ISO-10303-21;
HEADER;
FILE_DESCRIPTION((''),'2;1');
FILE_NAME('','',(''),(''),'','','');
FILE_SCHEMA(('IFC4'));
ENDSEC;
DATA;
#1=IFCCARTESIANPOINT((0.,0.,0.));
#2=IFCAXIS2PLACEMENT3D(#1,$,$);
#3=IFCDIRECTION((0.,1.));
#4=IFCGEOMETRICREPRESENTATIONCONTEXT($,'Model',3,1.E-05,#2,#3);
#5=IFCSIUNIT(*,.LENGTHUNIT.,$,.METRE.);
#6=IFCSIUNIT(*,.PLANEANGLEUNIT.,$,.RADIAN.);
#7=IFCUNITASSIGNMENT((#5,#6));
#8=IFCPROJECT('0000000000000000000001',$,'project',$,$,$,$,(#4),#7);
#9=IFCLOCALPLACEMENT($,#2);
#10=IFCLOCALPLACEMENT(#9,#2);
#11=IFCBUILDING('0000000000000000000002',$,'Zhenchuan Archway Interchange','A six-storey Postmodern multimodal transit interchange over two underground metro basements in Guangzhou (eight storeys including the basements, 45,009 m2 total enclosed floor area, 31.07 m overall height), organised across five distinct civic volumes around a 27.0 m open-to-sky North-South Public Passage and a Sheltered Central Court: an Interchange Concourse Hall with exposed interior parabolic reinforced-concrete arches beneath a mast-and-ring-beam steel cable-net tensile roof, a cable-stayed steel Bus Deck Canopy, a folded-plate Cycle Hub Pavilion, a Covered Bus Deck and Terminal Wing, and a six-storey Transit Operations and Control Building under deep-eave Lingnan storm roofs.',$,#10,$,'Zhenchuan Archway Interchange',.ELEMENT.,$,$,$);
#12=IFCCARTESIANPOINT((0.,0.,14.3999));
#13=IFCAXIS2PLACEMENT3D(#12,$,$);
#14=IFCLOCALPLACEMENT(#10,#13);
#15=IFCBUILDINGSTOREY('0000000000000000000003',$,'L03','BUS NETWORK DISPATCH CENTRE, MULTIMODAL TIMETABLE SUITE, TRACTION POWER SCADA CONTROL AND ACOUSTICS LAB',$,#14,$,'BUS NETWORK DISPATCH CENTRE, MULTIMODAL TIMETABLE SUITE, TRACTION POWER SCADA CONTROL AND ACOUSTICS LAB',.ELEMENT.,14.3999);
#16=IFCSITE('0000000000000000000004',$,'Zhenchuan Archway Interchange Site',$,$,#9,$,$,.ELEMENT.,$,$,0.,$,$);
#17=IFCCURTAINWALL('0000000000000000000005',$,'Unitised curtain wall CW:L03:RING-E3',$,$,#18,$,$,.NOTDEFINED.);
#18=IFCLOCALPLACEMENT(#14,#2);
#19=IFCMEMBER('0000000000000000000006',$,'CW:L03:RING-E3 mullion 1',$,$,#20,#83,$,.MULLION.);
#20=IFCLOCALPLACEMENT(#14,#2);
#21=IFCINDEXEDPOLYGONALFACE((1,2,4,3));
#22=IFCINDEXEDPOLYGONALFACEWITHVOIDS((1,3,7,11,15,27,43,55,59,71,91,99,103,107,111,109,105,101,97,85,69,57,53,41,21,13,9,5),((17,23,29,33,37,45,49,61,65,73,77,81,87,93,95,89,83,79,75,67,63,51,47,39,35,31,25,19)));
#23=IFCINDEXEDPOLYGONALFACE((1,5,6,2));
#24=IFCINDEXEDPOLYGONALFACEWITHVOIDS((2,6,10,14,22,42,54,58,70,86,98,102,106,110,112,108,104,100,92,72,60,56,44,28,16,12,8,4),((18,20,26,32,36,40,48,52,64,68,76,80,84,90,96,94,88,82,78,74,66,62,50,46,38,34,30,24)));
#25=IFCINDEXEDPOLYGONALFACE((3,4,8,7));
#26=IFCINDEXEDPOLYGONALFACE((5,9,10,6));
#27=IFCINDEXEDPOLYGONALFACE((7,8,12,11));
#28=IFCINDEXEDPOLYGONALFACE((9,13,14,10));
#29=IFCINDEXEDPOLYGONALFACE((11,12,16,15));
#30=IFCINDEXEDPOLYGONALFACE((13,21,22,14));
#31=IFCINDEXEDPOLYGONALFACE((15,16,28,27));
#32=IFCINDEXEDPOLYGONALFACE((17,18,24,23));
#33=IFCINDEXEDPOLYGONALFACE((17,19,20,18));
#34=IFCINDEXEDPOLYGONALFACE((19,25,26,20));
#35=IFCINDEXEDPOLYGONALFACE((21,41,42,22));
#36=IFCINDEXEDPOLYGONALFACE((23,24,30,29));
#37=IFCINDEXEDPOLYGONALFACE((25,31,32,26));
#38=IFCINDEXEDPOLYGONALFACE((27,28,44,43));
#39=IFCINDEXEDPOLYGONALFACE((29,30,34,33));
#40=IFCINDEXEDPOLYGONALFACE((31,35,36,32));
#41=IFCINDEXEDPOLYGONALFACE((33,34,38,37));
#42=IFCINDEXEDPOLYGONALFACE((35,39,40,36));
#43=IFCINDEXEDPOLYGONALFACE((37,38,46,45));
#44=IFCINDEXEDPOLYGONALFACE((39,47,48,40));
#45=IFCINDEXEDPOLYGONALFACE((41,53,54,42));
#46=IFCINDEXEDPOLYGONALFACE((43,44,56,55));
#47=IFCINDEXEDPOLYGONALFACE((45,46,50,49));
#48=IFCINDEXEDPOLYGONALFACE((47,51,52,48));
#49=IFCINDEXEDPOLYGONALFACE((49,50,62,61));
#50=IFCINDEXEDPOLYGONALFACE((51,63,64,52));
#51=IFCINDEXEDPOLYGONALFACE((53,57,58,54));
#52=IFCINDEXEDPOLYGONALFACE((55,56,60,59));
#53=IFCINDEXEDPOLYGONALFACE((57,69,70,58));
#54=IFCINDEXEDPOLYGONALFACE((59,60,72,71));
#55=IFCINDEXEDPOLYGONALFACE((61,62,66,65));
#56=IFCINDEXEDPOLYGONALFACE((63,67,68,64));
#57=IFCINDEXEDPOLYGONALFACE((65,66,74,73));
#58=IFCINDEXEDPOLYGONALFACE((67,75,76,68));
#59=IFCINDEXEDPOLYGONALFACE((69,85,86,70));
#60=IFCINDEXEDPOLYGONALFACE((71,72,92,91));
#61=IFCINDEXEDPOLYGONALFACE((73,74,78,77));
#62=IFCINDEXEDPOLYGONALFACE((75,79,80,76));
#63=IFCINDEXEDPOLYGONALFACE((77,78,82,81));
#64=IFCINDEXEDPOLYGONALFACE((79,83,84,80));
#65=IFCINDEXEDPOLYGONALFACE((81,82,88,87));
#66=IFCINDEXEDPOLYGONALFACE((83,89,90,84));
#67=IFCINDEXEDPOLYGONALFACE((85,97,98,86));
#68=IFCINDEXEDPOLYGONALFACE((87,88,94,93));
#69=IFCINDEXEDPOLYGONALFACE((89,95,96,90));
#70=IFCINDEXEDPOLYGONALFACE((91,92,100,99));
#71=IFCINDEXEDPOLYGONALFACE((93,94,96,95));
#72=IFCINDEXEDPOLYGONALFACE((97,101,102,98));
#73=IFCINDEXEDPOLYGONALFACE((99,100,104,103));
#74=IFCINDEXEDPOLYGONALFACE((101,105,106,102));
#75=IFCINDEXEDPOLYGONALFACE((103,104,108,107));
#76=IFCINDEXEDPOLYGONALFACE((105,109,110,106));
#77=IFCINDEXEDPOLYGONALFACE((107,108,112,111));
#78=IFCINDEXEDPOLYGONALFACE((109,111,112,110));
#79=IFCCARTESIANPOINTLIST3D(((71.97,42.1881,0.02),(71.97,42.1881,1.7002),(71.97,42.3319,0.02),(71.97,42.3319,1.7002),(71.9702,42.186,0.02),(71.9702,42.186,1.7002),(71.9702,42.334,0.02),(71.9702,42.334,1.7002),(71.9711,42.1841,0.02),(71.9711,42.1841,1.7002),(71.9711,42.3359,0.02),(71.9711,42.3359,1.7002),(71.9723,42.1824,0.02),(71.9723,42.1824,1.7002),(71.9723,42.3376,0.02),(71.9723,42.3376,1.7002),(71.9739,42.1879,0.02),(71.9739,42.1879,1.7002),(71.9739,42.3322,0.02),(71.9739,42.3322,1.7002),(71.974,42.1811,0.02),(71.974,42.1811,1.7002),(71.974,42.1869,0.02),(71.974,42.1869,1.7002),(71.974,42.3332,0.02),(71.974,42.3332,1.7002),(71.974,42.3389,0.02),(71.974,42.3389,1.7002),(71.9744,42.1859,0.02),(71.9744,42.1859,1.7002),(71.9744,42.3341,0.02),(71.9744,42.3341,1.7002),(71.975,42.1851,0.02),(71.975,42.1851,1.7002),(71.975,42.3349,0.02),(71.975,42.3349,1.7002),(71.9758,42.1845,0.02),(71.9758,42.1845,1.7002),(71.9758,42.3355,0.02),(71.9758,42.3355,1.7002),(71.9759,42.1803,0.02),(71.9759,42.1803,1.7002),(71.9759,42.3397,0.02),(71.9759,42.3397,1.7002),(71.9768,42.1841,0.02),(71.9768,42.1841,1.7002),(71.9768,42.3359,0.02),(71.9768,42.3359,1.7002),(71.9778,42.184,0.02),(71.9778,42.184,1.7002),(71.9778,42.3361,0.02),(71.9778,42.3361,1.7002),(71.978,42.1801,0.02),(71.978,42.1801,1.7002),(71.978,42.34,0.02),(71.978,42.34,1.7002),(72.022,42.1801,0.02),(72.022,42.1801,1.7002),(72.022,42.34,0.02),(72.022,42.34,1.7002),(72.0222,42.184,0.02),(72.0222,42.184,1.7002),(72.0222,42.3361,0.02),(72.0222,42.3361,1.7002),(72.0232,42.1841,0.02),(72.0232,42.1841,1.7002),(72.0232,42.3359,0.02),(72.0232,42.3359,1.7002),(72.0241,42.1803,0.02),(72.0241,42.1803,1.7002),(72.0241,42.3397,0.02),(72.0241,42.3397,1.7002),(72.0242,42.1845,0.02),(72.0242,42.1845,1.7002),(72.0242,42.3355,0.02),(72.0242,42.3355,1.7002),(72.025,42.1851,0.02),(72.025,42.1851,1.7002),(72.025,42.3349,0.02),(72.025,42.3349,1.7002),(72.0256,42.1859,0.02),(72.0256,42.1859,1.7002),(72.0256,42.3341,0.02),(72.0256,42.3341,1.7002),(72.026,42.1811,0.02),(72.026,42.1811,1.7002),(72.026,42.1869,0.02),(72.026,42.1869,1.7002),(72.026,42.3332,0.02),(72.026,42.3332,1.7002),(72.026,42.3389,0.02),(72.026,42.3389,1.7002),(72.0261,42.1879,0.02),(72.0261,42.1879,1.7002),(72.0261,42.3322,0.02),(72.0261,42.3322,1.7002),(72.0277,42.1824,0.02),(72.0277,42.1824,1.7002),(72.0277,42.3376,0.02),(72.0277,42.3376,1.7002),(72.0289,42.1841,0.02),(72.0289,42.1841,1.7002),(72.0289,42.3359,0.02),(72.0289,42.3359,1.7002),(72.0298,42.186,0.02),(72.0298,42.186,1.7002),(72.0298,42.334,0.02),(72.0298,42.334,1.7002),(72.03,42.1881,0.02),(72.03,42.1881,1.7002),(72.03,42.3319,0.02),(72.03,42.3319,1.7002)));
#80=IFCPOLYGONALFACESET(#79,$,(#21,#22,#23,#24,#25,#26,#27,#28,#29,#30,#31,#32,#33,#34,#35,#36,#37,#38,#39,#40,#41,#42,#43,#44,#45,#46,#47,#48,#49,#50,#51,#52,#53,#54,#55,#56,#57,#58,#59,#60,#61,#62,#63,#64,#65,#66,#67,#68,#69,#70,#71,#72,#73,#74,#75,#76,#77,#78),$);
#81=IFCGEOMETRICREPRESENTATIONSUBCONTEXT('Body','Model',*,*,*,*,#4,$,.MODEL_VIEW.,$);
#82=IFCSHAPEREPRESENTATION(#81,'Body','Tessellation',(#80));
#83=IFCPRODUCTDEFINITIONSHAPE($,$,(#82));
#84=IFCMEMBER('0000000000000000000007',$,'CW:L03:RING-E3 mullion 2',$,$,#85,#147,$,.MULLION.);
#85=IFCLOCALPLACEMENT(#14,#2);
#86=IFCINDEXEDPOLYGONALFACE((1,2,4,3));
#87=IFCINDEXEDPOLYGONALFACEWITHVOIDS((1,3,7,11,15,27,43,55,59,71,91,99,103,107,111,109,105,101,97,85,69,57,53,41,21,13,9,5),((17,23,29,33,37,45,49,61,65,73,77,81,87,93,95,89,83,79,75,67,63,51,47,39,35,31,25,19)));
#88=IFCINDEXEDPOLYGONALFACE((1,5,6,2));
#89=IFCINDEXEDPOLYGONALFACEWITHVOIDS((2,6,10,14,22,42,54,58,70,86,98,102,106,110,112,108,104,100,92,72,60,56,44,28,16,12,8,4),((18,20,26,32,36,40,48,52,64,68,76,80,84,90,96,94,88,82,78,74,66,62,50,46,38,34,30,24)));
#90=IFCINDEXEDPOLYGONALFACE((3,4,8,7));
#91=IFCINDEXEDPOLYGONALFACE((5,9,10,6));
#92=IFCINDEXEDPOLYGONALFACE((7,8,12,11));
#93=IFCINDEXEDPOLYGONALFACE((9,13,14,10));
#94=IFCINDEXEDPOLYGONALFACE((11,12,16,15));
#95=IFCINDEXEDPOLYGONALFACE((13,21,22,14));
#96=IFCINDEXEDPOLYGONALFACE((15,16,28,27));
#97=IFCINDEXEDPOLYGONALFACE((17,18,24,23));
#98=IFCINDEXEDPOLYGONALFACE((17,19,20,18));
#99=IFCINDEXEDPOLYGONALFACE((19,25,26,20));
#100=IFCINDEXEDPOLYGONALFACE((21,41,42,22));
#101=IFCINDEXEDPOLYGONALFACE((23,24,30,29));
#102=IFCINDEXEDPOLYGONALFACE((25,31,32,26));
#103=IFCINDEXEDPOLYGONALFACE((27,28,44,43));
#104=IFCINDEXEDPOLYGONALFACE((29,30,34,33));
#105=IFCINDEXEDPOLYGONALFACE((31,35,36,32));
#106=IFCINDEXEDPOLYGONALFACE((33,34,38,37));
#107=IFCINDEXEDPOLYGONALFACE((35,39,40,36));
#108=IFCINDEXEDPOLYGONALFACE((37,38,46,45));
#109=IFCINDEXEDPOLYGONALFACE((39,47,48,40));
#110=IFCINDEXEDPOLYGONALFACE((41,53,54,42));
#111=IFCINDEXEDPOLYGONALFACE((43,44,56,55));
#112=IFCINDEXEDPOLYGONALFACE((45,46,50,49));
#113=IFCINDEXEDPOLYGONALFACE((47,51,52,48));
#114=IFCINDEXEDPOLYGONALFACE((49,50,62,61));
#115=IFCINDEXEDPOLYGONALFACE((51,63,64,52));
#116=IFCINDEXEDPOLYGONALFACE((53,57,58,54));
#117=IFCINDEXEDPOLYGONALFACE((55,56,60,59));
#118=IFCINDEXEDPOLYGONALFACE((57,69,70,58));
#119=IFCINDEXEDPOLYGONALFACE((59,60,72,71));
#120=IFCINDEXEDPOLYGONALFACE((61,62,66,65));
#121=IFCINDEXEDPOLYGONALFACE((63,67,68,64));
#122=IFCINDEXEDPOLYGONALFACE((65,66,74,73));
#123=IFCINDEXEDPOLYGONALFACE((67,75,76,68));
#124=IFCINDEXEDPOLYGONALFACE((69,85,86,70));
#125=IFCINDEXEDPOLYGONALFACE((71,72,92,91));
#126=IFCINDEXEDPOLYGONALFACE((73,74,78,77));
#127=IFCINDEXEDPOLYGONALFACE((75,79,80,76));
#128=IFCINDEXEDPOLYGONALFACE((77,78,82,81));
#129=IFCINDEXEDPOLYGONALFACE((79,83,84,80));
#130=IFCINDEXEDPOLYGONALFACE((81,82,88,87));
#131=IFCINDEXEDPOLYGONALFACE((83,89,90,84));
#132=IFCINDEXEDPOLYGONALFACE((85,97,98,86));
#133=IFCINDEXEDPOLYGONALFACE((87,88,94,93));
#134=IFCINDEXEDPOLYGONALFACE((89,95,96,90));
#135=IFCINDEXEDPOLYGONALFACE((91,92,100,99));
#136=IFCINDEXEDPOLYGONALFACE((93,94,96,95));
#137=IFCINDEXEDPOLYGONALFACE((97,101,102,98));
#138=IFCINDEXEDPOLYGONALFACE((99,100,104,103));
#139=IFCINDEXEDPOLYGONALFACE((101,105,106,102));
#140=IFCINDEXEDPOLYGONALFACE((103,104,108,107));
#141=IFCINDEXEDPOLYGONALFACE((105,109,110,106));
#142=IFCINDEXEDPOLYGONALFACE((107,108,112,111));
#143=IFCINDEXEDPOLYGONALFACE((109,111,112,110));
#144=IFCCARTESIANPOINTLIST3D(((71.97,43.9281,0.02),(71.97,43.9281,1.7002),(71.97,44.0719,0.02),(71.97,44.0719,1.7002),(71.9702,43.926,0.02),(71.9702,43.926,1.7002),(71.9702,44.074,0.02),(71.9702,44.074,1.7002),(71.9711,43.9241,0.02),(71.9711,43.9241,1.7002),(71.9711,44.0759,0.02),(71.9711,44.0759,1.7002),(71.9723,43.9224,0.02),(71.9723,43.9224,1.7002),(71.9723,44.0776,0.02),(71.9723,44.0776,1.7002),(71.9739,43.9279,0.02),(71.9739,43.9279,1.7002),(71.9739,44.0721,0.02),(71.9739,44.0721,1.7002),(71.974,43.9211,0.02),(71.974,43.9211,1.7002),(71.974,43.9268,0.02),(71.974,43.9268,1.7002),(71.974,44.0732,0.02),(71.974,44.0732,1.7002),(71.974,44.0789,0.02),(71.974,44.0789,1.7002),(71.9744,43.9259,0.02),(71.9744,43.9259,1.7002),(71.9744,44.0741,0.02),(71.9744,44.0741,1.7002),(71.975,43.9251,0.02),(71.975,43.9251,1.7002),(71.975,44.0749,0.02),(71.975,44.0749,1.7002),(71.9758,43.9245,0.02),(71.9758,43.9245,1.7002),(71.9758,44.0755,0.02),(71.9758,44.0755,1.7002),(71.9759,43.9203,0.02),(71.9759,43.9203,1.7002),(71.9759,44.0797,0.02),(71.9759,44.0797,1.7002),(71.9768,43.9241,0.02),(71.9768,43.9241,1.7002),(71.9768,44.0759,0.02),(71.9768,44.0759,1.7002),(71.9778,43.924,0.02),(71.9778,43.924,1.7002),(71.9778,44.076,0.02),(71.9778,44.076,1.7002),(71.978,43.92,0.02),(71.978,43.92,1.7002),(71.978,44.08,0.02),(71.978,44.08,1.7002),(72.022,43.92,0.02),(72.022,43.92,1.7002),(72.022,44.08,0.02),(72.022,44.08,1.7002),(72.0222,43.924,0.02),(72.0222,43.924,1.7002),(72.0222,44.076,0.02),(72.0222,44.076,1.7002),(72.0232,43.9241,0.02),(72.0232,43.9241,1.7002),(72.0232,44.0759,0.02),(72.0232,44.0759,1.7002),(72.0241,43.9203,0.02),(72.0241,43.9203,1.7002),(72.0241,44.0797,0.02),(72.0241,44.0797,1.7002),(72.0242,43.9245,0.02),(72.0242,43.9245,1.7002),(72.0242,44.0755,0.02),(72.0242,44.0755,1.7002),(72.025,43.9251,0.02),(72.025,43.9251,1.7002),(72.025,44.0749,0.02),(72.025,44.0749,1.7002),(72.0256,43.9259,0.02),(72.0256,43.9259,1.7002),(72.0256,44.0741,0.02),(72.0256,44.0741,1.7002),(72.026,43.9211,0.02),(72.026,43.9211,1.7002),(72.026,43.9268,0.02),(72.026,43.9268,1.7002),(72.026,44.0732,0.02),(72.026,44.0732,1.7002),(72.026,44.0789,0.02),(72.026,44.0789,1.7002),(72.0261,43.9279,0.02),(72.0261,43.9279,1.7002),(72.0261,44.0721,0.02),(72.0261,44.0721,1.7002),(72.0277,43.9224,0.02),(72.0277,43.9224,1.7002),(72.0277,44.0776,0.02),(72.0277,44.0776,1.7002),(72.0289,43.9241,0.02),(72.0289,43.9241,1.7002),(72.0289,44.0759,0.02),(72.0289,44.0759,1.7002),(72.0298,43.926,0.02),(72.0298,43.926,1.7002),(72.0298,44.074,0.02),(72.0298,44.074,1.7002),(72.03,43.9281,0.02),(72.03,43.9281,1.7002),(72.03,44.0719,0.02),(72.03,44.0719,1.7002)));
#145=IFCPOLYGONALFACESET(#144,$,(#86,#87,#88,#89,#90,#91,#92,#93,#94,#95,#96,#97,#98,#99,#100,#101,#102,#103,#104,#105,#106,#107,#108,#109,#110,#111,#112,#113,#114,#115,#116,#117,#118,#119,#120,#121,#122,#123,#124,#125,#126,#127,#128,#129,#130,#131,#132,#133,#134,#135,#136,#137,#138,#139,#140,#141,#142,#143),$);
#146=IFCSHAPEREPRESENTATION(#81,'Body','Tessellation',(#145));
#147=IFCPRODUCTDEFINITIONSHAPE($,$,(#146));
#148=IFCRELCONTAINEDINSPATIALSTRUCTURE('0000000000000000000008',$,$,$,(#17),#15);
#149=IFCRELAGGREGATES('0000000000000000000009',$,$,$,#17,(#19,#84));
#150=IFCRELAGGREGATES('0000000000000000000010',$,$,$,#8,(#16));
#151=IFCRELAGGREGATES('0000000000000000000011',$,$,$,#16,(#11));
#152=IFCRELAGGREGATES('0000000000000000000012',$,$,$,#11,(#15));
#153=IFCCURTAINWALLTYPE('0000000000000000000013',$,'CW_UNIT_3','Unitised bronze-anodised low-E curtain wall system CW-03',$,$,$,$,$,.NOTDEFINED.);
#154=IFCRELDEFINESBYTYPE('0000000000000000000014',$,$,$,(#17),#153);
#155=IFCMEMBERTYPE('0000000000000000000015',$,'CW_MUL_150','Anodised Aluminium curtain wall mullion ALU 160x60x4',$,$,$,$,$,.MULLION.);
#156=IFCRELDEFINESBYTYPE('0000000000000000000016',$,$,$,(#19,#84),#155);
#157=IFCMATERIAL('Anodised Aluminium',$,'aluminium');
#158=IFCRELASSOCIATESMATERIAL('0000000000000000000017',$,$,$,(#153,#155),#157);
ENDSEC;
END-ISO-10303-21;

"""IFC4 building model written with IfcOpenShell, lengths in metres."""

from ifc_helpers import new_model, si_unit, direction, frame, origin, origin_2d, place, context, subcontext, project, spatial, hollow_rectangle, extrude, material, material_profile, profile_set, type_object, element, aggregate, save


model = new_model("IFC4")

# Units and contexts
model_context = context("Model", 3, precision=1e-05, world=origin(), true_north=direction((0.0, 1.0)))
body_context = subcontext(model_context, "Body", "Model", "MODEL_VIEW")
ifc_project = project(units=[si_unit("LENGTHUNIT", "METRE"), si_unit("PLANEANGLEUNIT", "RADIAN")], contexts=[model_context])

# Site, building, storey
site_placement = place(None, origin())
site = spatial("IfcSite", under=ifc_project, at=site_placement, Name="Zhenchuan Archway Interchange Site", CompositionType="ELEMENT", RefElevation=0.0)
building_placement = place(site_placement, origin())
building = spatial("IfcBuilding", under=site, at=building_placement, Name="Zhenchuan Archway Interchange", Description="A six-storey Postmodern multimodal transit interchange over two underground metro basements in Guangzhou (eight storeys including the basements, 45,009 m2 total enclosed floor area, 31.07 m overall height), organised across five distinct civic volumes around a 27.0 m open-to-sky North-South Public Passage and a Sheltered Central Court: an Interchange Concourse Hall with exposed interior parabolic reinforced-concrete arches beneath a mast-and-ring-beam steel cable-net tensile roof, a cable-stayed steel Bus Deck Canopy, a folded-plate Cycle Hub Pavilion, a Covered Bus Deck and Terminal Wing, and a six-storey Transit Operations and Control Building under deep-eave Lingnan storm roofs.", LongName="Zhenchuan Archway Interchange", CompositionType="ELEMENT")
storey_placement = place(building_placement, frame((0.0, 0.0, 14.3999)))
storey = spatial("IfcBuildingStorey", under=building, at=storey_placement, Name="L03", Description="BUS NETWORK DISPATCH CENTRE, MULTIMODAL TIMETABLE SUITE, TRACTION POWER SCADA CONTROL AND ACOUSTICS LAB", LongName="BUS NETWORK DISPATCH CENTRE, MULTIMODAL TIMETABLE SUITE, TRACTION POWER SCADA CONTROL AND ACOUSTICS LAB", CompositionType="ELEMENT", Elevation=14.3999)

# Curtain wall, members
ifc_material_1 = material(Name="Anodised Aluminium", Category="aluminium")
curtain_wall_type = type_object("IfcCurtainWallType", Name="CW_UNIT_3", Description="Unitised bronze-anodised low-E curtain wall system CW-03", PredefinedType="NOTDEFINED", material=ifc_material_1)
ifc_material_profile_1 = material_profile(ifc_material_1, hollow_rectangle(XDim=0.0601, YDim=0.1599, WallThickness=0.0039, InnerFilletRadius=0.0039, OuterFilletRadius=0.0081, at=origin_2d()), Name="ALU 160x60x4")
ifc_profile_set_1 = profile_set([ifc_material_profile_1], Name="Anodised Aluminium")
member_type_1 = type_object("IfcMemberType", Name="CW_MUL_150", Description="Anodised Aluminium curtain wall mullion ALU 160x60x4", PredefinedType="MULLION", material=ifc_profile_set_1)
curtain_wall_1_placement = place(storey_placement, origin())
curtain_wall_1 = element("IfcCurtainWall", 1, at=curtain_wall_1_placement, inside=storey, type_object=curtain_wall_type, Name="Unitised curtain wall CW:L03:RING-E3", PredefinedType="NOTDEFINED")
member_1_placement = place(storey_placement, frame((72.0, 42.26, 0.02), z_axis=(0.0, 0.0, 1.0), x_axis=(1.0, 0.0, 0.0)))
member_1 = element("IfcMember", 2, at=member_1_placement, type_object=member_type_1, Name="CW:L03:RING-E3 mullion 1", PredefinedType="MULLION", context=body_context, shape_type="SweptSolid", body=[
    extrude(hollow_rectangle(XDim=0.0601, YDim=0.1599, WallThickness=0.0039, InnerFilletRadius=0.0039, OuterFilletRadius=0.0081, at=origin_2d()), origin(), (0.0, 0.0, 1.0), 1.6802),
])
member_2_placement = place(storey_placement, frame((72.0, 44.0, 0.02), z_axis=(0.0, 0.0, 1.0), x_axis=(1.0, 0.0, 0.0)))
member_2 = element("IfcMember", 3, at=member_2_placement, type_object=member_type_1, Name="CW:L03:RING-E3 mullion 2", PredefinedType="MULLION", context=body_context, shape_type="SweptSolid", body=[
    extrude(hollow_rectangle(XDim=0.0601, YDim=0.1599, WallThickness=0.0039, InnerFilletRadius=0.0039, OuterFilletRadius=0.0081, at=origin_2d()), origin(), (0.0, 0.0, 1.0), 1.6802),
])

aggregate(curtain_wall_1, [member_1, member_2])

save(model, "model.ifc")
